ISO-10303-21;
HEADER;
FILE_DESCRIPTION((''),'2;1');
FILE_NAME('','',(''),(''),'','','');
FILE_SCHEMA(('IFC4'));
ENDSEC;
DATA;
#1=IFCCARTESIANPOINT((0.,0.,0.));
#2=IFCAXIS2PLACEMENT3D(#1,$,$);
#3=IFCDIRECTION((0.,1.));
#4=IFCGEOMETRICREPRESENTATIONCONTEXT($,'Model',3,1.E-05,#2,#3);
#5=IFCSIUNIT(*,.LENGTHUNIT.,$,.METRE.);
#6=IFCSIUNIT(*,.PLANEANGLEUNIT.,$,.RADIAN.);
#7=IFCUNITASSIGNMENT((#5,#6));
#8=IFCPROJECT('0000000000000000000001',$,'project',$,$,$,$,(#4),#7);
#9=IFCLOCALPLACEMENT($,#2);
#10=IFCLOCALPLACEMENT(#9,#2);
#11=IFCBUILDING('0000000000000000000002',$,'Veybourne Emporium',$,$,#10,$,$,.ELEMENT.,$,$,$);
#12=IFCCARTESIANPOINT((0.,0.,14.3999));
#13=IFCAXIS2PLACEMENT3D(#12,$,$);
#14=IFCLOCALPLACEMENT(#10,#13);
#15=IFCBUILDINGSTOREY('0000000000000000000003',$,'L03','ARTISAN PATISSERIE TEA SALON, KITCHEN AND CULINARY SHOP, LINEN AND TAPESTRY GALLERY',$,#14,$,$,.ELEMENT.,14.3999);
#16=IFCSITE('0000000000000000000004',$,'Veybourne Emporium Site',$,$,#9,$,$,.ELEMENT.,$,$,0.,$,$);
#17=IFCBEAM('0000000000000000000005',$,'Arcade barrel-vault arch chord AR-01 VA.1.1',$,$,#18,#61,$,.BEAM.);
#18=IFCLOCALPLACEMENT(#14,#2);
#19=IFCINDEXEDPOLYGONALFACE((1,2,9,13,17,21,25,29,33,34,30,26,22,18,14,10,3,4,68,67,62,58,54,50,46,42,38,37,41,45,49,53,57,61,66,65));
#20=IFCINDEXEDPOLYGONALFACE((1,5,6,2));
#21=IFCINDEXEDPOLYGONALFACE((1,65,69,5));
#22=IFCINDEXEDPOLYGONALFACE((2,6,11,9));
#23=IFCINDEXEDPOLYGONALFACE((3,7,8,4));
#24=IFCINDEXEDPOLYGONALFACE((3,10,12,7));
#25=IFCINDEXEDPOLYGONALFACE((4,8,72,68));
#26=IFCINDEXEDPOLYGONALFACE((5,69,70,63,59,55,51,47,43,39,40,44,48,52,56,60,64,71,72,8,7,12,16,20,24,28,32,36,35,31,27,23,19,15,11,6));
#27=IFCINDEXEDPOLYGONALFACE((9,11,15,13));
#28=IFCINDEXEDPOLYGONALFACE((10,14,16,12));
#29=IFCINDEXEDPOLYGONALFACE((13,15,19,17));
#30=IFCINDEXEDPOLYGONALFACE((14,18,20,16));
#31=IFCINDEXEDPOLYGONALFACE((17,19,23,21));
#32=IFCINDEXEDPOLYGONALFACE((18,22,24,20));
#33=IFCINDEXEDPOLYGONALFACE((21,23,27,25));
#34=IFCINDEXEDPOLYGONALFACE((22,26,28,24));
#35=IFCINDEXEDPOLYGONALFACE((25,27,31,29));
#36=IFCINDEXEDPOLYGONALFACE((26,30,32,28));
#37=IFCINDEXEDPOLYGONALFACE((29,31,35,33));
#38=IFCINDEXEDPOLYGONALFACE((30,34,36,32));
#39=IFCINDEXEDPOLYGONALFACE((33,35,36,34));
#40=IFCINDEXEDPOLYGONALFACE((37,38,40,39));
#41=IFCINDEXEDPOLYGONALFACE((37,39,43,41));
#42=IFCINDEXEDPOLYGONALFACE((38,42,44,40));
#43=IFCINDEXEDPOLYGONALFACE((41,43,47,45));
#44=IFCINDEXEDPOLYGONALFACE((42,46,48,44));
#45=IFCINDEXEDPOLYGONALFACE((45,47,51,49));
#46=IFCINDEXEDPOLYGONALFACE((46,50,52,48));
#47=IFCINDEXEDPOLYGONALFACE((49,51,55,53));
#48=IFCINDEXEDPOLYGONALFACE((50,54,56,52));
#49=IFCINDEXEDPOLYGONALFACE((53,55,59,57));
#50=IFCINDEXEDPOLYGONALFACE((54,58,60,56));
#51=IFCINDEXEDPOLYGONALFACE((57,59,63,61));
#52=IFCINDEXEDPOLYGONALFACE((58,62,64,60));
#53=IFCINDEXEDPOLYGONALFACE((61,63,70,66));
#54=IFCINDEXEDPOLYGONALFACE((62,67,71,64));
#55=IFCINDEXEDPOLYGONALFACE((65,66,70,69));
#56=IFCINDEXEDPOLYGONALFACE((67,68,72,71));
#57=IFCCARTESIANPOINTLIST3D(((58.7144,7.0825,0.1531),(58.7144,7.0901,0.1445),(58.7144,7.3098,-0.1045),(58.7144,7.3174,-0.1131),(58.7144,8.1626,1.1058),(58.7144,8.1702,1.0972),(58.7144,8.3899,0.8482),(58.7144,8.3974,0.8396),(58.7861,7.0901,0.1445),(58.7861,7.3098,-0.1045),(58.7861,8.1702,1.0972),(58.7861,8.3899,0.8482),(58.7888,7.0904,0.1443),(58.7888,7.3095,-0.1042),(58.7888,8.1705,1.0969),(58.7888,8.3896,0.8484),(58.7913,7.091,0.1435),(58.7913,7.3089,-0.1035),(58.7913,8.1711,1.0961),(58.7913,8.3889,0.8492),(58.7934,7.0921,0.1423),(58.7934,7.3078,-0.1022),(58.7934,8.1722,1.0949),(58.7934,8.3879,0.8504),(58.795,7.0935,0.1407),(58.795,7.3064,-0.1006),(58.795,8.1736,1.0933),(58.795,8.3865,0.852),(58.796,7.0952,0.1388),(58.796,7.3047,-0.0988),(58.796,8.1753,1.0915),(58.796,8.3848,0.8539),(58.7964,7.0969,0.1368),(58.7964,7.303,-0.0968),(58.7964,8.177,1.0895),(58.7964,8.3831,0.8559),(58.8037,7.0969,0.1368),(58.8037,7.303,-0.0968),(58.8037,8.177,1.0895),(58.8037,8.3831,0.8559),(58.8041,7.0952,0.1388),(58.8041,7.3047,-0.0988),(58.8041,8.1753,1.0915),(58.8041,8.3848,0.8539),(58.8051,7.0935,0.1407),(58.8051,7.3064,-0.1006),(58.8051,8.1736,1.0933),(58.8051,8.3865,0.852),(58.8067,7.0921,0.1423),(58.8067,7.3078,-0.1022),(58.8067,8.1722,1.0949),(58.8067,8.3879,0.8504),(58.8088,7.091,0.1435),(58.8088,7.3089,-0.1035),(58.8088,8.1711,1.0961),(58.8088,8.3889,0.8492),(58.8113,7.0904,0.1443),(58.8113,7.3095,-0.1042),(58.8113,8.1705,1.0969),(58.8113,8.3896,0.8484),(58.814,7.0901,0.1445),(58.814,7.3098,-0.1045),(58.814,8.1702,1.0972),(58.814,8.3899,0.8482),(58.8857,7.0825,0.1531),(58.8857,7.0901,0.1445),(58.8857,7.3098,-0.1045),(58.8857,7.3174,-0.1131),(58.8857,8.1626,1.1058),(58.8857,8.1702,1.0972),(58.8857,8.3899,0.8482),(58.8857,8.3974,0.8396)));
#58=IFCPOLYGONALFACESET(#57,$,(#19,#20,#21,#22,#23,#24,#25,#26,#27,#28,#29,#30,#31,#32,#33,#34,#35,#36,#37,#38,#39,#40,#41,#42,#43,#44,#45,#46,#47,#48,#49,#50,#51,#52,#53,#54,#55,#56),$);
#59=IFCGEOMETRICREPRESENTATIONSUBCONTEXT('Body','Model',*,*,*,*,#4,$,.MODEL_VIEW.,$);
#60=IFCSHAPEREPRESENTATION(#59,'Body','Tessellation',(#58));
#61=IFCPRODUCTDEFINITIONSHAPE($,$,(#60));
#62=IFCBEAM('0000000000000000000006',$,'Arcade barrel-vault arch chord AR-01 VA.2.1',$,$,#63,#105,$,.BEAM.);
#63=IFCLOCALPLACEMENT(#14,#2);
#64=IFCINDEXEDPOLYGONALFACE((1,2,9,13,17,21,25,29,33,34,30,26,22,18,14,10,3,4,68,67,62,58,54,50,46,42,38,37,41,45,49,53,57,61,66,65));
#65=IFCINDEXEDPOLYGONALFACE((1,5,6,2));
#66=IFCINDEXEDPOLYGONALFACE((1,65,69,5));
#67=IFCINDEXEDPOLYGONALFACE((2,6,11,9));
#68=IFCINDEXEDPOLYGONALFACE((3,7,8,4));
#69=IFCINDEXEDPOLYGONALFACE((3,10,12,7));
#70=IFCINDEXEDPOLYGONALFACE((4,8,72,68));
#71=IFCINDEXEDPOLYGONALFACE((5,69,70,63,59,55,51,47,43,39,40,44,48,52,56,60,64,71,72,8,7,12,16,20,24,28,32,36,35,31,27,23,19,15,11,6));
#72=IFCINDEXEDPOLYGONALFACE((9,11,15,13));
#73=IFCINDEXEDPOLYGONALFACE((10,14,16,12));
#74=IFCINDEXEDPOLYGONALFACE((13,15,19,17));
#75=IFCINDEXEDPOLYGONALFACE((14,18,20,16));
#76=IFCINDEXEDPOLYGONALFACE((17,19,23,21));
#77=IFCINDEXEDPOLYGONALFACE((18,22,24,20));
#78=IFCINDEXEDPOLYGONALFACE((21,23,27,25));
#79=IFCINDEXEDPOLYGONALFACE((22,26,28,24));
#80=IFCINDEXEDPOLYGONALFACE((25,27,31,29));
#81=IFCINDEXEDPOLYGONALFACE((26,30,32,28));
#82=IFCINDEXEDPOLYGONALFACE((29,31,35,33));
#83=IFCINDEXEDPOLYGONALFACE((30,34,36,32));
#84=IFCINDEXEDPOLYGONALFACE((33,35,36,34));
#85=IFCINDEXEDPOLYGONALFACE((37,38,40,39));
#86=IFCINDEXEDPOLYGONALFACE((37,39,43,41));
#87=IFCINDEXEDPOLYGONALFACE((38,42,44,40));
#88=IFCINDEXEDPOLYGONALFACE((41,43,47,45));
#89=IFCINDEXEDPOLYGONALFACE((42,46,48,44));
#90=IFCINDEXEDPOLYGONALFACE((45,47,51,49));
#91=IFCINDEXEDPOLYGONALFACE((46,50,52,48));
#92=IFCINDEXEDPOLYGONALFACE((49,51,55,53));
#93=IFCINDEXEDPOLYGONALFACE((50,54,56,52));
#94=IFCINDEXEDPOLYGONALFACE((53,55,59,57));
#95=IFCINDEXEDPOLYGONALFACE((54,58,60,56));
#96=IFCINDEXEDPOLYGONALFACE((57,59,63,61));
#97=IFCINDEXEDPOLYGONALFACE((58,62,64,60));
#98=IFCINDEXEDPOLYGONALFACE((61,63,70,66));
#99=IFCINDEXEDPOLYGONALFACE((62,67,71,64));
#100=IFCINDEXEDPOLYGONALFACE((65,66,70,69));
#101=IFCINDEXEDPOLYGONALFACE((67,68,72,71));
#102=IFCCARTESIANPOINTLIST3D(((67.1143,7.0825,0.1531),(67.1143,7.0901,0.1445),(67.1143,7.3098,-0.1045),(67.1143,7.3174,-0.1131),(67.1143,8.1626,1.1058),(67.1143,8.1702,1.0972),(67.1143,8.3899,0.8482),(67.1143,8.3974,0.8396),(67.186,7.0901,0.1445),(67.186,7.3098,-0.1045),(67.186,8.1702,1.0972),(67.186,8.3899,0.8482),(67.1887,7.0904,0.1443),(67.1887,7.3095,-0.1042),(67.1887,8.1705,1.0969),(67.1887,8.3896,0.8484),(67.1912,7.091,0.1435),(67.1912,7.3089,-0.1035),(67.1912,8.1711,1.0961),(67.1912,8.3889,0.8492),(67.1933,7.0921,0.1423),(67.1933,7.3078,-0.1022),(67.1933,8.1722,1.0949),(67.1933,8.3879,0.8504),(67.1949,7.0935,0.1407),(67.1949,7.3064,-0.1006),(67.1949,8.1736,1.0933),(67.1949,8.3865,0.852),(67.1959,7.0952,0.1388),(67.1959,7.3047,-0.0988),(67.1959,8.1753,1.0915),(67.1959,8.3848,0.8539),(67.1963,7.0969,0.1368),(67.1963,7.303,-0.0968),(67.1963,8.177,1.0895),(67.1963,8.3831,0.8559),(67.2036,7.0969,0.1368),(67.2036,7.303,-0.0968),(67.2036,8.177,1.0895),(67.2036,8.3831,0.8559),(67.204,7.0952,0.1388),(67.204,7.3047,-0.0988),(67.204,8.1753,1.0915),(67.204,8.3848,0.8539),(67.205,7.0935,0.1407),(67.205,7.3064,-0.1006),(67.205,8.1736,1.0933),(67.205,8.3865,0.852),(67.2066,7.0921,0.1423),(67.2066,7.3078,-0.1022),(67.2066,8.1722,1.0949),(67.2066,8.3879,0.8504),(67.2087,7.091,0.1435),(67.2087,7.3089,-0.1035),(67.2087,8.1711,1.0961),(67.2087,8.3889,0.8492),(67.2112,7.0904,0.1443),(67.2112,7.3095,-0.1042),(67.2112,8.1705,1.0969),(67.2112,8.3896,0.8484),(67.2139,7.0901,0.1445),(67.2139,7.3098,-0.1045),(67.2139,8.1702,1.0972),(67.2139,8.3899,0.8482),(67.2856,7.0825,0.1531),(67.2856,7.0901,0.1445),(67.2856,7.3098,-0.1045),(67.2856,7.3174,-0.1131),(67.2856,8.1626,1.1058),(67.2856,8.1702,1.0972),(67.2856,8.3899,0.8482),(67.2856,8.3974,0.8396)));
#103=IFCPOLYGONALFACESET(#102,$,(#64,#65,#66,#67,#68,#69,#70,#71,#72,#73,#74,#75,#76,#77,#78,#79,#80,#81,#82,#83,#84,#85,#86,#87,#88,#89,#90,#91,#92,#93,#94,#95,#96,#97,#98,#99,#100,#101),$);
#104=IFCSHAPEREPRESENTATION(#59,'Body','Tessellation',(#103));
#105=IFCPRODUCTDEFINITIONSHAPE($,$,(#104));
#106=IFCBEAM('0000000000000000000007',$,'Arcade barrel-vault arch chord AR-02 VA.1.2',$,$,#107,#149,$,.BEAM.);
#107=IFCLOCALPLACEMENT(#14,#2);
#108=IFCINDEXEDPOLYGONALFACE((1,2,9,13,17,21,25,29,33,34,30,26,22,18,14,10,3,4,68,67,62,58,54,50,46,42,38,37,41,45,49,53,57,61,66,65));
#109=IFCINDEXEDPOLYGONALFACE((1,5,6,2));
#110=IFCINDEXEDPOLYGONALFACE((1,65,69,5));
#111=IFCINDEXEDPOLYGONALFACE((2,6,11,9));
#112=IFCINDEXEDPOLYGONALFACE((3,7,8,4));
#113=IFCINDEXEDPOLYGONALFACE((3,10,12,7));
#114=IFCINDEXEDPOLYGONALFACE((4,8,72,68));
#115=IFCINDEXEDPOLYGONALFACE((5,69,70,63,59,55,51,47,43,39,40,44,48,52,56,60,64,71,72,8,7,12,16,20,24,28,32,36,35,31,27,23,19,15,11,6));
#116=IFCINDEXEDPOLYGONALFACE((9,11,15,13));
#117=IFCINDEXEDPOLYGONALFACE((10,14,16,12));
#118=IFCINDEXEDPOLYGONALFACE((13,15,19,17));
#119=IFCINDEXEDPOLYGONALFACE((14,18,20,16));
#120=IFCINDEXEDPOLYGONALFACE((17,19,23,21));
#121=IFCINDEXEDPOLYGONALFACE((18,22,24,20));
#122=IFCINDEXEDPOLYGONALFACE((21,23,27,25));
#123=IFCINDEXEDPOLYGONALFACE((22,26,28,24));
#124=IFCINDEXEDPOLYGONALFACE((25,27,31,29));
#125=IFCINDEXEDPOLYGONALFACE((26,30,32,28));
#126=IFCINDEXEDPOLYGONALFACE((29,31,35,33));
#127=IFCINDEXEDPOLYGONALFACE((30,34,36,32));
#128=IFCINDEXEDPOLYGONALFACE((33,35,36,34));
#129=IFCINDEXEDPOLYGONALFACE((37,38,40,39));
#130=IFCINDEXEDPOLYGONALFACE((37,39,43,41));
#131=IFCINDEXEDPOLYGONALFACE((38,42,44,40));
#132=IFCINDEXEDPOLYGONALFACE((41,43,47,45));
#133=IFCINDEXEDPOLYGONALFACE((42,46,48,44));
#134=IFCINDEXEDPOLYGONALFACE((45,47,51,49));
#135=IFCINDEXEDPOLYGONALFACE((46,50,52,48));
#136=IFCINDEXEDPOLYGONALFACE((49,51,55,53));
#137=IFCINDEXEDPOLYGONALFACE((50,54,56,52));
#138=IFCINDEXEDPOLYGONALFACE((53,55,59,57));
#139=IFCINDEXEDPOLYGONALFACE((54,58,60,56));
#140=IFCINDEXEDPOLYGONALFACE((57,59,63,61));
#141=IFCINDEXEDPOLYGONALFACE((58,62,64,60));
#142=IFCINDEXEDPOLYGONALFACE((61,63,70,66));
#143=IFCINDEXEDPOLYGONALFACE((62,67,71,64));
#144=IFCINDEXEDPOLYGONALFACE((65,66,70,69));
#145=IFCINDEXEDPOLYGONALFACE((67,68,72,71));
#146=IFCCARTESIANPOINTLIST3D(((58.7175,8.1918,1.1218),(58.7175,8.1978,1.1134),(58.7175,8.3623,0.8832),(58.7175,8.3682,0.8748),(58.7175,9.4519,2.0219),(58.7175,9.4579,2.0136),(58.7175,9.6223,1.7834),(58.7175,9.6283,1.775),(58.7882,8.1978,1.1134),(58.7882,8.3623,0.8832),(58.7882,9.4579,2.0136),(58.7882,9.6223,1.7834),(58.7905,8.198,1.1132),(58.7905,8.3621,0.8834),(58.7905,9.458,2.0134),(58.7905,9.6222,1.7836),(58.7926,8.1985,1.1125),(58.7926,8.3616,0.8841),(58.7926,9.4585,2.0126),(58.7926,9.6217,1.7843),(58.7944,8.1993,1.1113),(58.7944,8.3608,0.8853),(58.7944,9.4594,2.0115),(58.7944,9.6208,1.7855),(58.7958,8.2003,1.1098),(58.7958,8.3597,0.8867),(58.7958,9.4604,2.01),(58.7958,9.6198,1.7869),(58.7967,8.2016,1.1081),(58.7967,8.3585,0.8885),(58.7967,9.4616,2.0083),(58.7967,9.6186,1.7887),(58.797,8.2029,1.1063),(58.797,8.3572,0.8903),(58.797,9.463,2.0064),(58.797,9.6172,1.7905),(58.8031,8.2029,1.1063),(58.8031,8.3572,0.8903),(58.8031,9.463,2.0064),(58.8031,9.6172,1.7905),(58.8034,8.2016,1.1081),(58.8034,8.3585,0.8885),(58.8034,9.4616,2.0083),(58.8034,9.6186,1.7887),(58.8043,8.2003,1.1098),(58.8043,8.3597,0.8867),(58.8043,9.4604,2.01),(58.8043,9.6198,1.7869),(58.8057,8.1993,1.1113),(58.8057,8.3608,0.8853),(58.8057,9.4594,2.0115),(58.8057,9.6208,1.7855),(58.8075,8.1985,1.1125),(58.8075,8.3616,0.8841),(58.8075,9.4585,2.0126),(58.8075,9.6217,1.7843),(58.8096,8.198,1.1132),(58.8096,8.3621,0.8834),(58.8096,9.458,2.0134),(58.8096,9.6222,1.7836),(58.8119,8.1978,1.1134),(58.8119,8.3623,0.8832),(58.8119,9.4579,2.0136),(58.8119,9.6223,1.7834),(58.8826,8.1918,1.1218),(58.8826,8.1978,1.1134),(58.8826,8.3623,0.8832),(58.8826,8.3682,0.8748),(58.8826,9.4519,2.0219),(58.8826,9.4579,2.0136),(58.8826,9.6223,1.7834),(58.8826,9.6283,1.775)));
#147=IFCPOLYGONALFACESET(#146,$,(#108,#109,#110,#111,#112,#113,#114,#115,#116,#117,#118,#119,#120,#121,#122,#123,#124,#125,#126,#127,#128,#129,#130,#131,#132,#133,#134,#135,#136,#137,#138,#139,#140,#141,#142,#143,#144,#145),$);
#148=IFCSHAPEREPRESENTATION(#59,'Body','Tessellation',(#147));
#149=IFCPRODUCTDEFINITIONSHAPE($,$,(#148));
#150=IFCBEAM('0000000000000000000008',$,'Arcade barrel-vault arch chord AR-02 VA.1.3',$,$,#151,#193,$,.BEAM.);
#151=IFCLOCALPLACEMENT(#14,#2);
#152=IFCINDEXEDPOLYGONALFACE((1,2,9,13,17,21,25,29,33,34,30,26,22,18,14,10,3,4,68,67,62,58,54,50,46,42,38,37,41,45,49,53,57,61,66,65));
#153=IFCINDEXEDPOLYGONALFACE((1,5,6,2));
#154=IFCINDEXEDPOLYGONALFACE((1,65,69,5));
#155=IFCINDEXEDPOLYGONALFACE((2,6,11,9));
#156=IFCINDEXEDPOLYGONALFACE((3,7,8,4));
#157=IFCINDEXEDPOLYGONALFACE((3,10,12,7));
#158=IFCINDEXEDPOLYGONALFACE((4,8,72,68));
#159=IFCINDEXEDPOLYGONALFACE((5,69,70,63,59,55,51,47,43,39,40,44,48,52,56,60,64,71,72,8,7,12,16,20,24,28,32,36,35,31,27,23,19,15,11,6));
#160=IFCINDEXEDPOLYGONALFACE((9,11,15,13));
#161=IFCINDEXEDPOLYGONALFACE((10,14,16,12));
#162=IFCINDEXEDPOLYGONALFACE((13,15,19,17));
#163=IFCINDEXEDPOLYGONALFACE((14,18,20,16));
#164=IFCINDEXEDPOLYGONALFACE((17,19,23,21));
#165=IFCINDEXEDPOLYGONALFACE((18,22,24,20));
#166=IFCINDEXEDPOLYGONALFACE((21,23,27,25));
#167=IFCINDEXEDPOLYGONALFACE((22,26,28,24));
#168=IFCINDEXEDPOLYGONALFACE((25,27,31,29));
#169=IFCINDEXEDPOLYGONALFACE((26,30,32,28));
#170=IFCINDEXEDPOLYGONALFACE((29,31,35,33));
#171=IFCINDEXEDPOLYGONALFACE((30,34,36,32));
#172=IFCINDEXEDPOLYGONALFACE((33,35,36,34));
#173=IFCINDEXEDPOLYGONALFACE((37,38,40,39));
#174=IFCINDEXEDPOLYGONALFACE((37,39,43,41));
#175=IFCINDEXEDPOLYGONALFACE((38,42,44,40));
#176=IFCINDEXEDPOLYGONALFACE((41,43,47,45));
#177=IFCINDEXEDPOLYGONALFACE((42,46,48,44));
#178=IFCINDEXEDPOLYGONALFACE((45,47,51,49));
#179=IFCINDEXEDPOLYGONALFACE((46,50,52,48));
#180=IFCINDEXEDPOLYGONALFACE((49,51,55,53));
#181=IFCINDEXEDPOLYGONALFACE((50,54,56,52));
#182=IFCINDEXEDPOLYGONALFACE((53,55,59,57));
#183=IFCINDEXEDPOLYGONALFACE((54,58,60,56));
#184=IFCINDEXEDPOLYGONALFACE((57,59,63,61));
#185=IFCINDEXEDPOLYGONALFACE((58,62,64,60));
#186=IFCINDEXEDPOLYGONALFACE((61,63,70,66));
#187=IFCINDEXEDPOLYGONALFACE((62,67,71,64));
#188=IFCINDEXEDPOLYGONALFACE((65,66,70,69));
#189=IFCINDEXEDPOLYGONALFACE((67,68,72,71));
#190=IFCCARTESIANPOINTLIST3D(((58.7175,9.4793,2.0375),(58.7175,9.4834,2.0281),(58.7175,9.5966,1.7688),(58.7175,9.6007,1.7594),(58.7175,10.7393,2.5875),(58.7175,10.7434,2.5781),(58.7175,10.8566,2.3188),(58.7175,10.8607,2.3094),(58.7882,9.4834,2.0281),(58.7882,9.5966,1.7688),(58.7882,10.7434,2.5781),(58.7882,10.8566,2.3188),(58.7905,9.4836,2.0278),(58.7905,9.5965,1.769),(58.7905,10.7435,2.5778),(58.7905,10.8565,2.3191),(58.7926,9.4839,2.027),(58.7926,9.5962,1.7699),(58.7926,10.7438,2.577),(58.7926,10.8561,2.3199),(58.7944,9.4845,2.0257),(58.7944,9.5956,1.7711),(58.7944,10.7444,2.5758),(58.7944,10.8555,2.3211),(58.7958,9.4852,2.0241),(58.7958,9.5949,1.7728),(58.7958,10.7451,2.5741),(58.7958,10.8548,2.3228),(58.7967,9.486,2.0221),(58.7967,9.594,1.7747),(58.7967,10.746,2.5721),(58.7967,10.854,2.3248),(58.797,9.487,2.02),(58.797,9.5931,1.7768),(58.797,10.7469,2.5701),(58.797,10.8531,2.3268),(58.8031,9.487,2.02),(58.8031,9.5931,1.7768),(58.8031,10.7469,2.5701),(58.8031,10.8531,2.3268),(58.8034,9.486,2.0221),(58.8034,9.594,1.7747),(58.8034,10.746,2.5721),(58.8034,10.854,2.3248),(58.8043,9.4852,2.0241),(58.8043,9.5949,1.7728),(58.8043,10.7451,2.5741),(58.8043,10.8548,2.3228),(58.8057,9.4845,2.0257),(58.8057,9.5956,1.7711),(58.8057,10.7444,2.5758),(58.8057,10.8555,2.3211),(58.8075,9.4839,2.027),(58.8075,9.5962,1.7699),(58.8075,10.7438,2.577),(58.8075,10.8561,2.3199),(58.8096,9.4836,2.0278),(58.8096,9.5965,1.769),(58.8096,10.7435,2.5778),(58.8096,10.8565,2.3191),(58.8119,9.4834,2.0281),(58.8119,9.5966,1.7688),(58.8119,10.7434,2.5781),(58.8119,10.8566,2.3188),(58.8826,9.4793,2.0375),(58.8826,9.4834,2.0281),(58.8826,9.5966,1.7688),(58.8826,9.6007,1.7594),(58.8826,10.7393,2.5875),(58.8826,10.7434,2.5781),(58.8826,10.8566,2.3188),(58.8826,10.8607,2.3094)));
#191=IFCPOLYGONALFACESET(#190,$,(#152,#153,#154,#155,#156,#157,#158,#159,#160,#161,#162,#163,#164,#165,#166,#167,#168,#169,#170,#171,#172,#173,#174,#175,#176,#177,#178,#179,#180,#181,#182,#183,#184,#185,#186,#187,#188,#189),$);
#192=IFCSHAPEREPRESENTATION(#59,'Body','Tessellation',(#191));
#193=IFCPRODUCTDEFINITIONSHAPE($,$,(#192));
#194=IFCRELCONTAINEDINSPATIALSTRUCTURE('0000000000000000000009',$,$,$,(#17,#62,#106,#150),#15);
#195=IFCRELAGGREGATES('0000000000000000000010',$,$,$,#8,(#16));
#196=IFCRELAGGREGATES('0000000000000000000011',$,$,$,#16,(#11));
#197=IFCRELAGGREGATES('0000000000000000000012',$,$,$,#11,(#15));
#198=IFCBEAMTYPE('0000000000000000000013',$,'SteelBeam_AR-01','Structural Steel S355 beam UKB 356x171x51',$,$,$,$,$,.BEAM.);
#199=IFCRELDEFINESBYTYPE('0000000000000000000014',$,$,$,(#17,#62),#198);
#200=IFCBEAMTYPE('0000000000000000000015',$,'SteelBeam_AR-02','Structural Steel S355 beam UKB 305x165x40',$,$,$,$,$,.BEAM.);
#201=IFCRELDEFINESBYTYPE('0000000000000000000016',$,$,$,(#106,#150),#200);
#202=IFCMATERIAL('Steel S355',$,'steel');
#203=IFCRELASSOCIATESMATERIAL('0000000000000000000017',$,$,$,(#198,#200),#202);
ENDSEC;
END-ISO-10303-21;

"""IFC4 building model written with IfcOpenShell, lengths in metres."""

from ifc_helpers import new_model, si_unit, direction, frame, origin, origin_2d, place, context, subcontext, project, spatial, i_section, extrude, material, material_profile, profile_set, type_object, element, save


model = new_model("IFC4")

# Units and contexts
model_context = context("Model", 3, precision=1e-05, world=origin(), true_north=direction((0.0, 1.0)))
body_context = subcontext(model_context, "Body", "Model", "MODEL_VIEW")
ifc_project = project(units=[si_unit("LENGTHUNIT", "METRE"), si_unit("PLANEANGLEUNIT", "RADIAN")], contexts=[model_context])

# Site, building, storey
site_placement = place(None, origin())
site = spatial("IfcSite", under=ifc_project, at=site_placement, Name="Veybourne Emporium Site", CompositionType="ELEMENT", RefElevation=0.0)
building_placement = place(site_placement, origin())
building = spatial("IfcBuilding", under=site, at=building_placement, Name="Veybourne Emporium", CompositionType="ELEMENT")
storey_placement = place(building_placement, frame((0.0, 0.0, 14.3999)))
storey = spatial("IfcBuildingStorey", under=building, at=storey_placement, Name="L03", Description="ARTISAN PATISSERIE TEA SALON, KITCHEN AND CULINARY SHOP, LINEN AND TAPESTRY GALLERY", CompositionType="ELEMENT", Elevation=14.3999)

# Beams
ifc_material_1 = material(Name="Steel S355", Category="steel")
ifc_material_profile_1 = material_profile(ifc_material_1, i_section(OverallWidth=0.1714, OverallDepth=0.355, WebThickness=0.0073, FlangeThickness=0.0115, FilletRadius=0.0103, at=origin_2d()), Name="UKB 356x171x51")
ifc_profile_set_1 = profile_set([ifc_material_profile_1], Name="Steel S355")
beam_type_1 = type_object("IfcBeamType", Name="SteelBeam_AR-01", Description="Structural Steel S355 beam UKB 356x171x51", PredefinedType="BEAM", material=ifc_profile_set_1)
for number, where, z_axis, x_axis, name in (
    (1, (58.8, 7.2, 0.02), (0.0, 0.749966, 0.661476), (-1.0, 0.0, 0.0), "Arcade barrel-vault arch chord AR-01 VA.1.1"),
    (2, (67.2, 7.2, 0.02), (0.0, 0.749966, 0.661476), (-1.0, 0.0, 0.0), "Arcade barrel-vault arch chord AR-01 VA.2.1"),
):
    element("IfcBeam", number, at=place(storey_placement, frame(where, z_axis=z_axis, x_axis=x_axis)), inside=storey, type_object=beam_type_1, Name=name, PredefinedType="BEAM", context=body_context, shape_type="SweptSolid", body=[
        extrude(i_section(OverallWidth=0.1714, OverallDepth=0.355, WebThickness=0.0073, FlangeThickness=0.0115, FilletRadius=0.0103, at=origin_2d()), origin(), (0.0, 0.0, 1.0), 1.4402),
    ])
ifc_material_profile_2 = material_profile(ifc_material_1, i_section(OverallWidth=0.165, OverallDepth=0.3035, WebThickness=0.0061, FlangeThickness=0.0103, FilletRadius=0.0088, at=origin_2d()), Name="UKB 305x165x40")
ifc_profile_set_2 = profile_set([ifc_material_profile_2], Name="Steel S355")
beam_type_2 = type_object("IfcBeamType", Name="SteelBeam_AR-02", Description="Structural Steel S355 beam UKB 305x165x40", PredefinedType="BEAM", material=ifc_profile_set_2)
beam_1_placement = place(storey_placement, frame((58.8, 8.28, 0.9983), z_axis=(0.0, 0.813691, 0.581298), x_axis=(-1.0, 0.0, 0.0)))
element("IfcBeam", 3, at=beam_1_placement, inside=storey, type_object=beam_type_2, Name="Arcade barrel-vault arch chord AR-02 VA.1.2", PredefinedType="BEAM", context=body_context, shape_type="SweptSolid", body=[
    extrude(i_section(OverallWidth=0.165, OverallDepth=0.3035, WebThickness=0.0061, FlangeThickness=0.0103, FilletRadius=0.0088, at=origin_2d()), origin(), (0.0, 0.0, 1.0), 1.5486),
])
for number, where, z_axis, x_axis, name in (
    (4, (58.8, 9.54, 1.8984), (0.0, 0.916479, 0.400083), (-1.0, 0.0, 0.0), "Arcade barrel-vault arch chord AR-02 VA.1.3"),
):
    element("IfcBeam", number, at=place(storey_placement, frame(where, z_axis=z_axis, x_axis=x_axis)), inside=storey, type_object=beam_type_2, Name=name, PredefinedType="BEAM", context=body_context, shape_type="SweptSolid", body=[
        extrude(i_section(OverallWidth=0.165, OverallDepth=0.3035, WebThickness=0.0061, FlangeThickness=0.0103, FilletRadius=0.0088, at=origin_2d()), origin(), (0.0, 0.0, 1.0), 1.3748),
    ])

save(model, "model.ifc")
